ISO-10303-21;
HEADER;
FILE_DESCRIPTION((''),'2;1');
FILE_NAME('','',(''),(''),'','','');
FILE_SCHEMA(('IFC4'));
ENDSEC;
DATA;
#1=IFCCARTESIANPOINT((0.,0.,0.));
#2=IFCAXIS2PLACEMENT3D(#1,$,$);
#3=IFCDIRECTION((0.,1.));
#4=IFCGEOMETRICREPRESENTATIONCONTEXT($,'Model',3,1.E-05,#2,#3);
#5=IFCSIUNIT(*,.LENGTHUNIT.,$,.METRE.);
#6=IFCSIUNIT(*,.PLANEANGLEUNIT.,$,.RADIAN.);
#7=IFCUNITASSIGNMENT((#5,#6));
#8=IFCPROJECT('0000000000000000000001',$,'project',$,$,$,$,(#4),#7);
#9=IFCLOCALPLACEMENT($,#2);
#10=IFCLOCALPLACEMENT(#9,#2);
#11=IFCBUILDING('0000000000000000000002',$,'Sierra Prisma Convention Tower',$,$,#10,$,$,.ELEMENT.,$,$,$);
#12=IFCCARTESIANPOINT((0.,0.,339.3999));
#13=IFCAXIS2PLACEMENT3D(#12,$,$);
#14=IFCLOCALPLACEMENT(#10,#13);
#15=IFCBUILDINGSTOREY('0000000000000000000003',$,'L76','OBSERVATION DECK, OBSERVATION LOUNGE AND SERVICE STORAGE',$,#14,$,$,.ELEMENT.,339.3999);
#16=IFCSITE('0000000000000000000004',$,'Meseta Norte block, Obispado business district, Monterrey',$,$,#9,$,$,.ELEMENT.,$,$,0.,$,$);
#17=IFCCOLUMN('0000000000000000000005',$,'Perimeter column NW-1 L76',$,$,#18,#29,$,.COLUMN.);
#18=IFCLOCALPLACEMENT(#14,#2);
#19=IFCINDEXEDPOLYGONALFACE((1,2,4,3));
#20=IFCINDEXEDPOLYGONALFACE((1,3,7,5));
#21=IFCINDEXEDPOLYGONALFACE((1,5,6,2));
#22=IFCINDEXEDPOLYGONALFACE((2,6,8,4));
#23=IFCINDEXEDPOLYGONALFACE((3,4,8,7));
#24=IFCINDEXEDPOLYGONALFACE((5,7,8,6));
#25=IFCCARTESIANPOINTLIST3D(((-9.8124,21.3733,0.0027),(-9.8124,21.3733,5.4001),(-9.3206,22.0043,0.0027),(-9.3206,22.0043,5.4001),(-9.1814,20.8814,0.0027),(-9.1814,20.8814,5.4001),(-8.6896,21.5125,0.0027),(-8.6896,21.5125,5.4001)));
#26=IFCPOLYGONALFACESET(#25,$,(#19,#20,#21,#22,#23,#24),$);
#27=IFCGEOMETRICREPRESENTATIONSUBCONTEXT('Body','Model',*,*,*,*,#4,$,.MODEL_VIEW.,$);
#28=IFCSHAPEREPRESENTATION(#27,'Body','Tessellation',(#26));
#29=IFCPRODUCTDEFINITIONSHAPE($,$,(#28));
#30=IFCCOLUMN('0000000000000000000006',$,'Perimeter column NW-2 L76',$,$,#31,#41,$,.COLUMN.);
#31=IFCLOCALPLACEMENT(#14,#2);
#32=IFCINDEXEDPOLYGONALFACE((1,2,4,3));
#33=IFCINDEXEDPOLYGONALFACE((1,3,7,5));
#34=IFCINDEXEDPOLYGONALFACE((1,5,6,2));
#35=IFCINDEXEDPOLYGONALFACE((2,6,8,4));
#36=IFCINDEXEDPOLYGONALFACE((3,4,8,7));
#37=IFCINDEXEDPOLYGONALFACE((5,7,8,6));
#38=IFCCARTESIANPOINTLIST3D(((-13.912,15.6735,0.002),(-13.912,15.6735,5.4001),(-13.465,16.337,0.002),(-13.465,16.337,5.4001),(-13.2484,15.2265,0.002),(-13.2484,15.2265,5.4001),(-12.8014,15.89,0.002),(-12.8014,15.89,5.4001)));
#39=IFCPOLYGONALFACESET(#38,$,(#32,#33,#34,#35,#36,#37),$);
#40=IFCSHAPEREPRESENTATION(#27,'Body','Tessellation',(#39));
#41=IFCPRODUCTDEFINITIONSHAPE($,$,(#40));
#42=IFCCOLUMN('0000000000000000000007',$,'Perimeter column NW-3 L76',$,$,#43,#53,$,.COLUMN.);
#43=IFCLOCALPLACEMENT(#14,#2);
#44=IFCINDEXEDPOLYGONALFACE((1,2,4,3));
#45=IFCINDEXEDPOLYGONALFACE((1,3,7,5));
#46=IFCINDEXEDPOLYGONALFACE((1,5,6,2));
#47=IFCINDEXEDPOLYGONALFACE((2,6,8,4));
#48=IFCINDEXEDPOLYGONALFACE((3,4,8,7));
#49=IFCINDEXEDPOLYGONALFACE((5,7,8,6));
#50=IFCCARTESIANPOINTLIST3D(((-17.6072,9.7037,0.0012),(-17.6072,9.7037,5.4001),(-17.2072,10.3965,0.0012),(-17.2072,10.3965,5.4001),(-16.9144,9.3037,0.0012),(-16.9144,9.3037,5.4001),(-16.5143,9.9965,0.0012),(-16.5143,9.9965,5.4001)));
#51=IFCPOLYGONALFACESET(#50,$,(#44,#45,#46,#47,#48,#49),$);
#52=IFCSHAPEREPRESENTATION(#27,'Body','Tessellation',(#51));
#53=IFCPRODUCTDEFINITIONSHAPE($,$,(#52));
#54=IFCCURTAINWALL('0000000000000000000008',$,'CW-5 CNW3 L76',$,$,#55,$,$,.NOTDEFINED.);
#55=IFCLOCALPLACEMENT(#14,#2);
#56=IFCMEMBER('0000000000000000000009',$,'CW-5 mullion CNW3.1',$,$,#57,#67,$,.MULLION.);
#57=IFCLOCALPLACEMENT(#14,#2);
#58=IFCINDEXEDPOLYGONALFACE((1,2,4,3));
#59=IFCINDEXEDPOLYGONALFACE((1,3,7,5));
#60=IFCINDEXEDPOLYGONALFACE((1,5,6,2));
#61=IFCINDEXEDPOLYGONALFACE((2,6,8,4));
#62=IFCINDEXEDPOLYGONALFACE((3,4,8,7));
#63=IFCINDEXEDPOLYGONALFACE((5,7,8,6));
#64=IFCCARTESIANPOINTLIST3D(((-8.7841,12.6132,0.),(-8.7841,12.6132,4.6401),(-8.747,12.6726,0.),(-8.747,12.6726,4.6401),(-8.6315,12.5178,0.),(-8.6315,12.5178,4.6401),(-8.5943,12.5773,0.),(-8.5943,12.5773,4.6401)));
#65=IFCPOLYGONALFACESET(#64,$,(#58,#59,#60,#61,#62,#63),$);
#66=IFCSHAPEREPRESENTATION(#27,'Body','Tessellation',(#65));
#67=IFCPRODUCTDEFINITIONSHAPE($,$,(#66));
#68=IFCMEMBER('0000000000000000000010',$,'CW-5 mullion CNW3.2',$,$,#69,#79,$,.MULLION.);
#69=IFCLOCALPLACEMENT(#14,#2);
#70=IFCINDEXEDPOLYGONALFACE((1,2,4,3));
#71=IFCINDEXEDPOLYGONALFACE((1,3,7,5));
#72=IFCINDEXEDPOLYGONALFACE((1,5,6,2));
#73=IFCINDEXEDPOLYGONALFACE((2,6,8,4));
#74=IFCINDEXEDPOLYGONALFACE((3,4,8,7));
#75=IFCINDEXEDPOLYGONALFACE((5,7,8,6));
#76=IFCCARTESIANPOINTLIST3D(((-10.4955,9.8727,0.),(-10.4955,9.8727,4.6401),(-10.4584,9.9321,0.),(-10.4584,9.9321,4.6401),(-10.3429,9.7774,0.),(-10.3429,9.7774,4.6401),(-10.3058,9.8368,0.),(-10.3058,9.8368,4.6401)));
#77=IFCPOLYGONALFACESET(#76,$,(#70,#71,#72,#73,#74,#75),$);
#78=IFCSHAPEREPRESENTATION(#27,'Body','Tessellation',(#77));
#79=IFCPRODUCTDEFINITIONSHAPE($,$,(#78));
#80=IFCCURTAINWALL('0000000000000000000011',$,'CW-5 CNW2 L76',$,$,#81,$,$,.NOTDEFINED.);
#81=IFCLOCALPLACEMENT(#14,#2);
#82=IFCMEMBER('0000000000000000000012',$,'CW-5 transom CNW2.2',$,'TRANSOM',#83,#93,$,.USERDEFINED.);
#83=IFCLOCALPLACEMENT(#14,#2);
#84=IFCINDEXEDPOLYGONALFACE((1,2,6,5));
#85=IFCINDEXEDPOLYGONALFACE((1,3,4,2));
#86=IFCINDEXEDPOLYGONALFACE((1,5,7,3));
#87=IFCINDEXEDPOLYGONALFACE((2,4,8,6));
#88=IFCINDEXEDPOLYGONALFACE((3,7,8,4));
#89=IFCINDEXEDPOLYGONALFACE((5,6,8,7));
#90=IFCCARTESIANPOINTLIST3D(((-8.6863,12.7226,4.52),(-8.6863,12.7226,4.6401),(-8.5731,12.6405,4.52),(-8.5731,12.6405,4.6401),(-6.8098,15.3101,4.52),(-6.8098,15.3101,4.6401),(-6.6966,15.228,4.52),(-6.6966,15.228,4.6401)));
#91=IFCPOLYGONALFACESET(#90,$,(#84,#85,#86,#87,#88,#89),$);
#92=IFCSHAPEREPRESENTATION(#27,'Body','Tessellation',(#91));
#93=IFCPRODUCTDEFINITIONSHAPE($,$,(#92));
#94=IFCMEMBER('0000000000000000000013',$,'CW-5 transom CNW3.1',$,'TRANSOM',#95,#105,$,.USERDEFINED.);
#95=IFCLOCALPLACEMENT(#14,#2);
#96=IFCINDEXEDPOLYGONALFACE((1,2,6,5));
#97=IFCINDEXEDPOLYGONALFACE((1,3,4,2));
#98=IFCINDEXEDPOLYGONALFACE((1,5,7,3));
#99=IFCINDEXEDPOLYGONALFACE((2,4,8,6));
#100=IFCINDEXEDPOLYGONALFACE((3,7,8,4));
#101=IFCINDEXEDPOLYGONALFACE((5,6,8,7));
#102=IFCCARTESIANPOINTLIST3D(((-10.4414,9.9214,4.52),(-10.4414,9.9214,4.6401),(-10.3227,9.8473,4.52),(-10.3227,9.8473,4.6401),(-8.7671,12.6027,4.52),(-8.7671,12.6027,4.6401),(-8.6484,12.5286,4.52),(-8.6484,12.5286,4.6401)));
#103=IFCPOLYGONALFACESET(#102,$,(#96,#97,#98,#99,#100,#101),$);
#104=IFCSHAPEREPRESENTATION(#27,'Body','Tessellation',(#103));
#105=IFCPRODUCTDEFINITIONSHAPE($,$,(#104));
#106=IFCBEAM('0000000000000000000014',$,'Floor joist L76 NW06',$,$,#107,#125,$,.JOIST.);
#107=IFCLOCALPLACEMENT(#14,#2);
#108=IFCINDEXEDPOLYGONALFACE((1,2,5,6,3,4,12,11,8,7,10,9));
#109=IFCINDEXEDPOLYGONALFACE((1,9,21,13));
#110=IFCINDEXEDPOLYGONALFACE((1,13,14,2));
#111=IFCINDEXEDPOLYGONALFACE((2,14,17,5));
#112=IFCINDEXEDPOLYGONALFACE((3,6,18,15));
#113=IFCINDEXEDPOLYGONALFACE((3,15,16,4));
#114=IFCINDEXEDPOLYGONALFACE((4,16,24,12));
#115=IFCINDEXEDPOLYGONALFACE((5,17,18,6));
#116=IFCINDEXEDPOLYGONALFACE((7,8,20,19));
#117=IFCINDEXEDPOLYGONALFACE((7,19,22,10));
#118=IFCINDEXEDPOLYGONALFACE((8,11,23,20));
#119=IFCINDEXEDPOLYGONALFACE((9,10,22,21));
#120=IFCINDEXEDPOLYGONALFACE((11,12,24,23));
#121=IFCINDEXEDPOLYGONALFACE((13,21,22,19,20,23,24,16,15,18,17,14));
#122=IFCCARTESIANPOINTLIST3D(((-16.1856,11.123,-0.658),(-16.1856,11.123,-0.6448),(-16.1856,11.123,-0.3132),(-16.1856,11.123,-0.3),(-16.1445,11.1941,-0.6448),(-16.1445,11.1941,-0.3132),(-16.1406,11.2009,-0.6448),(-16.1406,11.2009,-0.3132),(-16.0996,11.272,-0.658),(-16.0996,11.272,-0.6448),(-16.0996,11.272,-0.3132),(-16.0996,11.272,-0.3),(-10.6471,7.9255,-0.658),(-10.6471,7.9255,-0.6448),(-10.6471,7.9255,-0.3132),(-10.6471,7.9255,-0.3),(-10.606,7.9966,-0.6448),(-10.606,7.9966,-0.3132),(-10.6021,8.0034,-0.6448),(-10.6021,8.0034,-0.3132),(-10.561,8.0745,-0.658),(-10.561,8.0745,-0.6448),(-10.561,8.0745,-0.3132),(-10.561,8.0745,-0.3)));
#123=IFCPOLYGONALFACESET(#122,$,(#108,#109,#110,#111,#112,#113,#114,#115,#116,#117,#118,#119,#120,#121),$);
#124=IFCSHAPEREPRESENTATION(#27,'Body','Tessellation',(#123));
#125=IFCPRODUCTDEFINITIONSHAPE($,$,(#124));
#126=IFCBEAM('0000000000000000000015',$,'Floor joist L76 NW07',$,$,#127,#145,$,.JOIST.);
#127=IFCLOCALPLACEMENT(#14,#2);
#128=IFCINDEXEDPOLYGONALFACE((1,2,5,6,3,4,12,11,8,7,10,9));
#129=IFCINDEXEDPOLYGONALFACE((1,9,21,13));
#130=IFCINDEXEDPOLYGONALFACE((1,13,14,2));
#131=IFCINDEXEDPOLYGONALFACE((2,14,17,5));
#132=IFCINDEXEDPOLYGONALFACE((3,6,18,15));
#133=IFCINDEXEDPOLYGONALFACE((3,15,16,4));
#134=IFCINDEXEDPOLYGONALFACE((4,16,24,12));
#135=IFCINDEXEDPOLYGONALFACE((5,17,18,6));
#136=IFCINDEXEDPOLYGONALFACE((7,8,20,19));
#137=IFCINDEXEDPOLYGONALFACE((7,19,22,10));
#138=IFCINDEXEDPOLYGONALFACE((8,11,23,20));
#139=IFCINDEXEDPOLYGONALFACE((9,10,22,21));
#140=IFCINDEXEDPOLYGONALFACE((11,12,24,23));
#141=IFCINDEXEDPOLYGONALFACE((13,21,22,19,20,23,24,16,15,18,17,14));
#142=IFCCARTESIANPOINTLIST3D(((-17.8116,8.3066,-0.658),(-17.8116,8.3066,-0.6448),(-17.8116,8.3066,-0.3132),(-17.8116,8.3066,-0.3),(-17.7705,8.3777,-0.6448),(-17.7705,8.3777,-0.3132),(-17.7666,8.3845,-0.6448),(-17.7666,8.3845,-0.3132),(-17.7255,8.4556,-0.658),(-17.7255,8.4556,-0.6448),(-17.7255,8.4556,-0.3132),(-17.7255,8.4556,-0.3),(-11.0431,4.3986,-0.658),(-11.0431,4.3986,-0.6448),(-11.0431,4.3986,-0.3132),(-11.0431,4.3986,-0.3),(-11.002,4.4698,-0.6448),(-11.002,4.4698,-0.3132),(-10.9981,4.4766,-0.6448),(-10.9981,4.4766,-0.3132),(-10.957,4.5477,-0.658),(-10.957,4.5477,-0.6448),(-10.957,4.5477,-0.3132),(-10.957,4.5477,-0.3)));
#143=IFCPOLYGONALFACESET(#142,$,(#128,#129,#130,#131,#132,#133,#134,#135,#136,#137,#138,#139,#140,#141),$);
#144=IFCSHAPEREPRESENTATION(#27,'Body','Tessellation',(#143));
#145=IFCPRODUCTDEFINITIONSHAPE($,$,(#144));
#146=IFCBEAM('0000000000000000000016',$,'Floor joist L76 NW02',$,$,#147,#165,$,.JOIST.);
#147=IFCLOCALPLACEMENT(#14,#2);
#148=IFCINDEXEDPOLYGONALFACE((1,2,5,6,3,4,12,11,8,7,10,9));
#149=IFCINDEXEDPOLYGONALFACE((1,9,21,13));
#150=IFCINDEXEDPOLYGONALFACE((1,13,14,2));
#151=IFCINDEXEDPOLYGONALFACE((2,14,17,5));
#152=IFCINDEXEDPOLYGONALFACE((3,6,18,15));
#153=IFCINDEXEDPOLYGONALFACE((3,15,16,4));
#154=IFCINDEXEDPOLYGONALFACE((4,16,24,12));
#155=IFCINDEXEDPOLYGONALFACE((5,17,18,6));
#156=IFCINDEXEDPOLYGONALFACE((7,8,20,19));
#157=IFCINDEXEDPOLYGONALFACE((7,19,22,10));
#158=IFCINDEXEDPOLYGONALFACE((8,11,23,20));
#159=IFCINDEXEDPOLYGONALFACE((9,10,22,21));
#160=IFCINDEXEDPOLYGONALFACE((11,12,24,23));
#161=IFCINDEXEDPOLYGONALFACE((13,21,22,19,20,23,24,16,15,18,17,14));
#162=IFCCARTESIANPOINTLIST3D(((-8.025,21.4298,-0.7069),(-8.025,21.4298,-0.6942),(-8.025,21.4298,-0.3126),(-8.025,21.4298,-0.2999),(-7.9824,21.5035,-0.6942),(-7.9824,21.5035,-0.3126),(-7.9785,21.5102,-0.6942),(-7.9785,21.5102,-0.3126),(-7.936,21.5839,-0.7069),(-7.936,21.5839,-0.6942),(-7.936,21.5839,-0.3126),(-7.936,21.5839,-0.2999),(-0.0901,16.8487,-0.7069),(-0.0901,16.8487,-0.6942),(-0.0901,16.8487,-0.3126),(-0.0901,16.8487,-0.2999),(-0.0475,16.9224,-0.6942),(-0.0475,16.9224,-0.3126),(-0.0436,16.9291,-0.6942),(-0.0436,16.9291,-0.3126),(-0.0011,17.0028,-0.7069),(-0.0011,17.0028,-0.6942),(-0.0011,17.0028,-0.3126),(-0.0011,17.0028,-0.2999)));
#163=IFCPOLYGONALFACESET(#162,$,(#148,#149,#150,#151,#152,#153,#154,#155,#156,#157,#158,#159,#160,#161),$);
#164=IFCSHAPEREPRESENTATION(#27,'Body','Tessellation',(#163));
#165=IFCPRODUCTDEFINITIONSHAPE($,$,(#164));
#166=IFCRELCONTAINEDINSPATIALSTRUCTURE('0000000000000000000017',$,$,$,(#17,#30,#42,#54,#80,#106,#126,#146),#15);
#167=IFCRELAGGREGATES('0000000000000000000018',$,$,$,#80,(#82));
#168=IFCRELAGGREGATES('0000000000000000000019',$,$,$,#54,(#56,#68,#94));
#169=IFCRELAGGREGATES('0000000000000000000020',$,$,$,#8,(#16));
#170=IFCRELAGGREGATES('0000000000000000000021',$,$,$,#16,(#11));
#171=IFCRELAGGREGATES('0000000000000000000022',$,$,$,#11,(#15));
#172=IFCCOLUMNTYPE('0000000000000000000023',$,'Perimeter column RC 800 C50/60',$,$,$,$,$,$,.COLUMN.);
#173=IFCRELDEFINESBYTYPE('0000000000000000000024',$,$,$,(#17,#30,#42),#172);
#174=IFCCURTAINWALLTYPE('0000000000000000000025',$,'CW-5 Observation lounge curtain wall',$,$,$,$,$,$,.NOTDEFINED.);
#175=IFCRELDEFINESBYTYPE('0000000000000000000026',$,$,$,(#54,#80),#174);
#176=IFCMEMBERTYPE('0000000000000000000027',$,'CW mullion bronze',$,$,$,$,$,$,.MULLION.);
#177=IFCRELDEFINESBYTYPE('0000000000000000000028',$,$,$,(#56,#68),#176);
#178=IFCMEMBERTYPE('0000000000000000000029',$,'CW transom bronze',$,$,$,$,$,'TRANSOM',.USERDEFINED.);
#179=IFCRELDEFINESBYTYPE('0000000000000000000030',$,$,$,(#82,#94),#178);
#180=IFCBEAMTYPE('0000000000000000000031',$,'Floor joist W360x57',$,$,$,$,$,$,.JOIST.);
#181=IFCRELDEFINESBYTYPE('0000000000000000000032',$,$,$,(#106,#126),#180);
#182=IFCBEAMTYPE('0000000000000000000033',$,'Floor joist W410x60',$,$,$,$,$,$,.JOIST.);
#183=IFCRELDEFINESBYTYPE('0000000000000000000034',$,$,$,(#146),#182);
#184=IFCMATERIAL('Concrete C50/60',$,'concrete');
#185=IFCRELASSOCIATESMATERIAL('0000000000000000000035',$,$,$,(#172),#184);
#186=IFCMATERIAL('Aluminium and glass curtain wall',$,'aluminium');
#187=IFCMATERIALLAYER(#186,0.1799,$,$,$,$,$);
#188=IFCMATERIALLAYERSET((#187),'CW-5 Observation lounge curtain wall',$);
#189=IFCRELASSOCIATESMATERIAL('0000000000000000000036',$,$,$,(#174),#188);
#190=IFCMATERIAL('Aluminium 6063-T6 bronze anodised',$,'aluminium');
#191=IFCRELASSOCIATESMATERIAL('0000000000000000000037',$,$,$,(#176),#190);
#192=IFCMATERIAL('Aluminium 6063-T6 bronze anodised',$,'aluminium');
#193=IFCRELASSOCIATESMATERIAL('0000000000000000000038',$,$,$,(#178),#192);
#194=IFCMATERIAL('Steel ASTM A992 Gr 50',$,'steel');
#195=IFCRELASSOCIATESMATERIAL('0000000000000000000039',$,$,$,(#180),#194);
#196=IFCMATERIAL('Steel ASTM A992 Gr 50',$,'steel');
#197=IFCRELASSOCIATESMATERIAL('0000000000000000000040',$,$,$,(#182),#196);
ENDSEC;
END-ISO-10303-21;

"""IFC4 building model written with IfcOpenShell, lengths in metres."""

from ifc_helpers import new_model, si_unit, direction, frame, origin, origin_2d, place, context, subcontext, project, spatial, rectangle, i_section, extrude, clip, halfspace, material, layer, layer_set, material_profile, profile_set, type_object, element, aggregate, save


model = new_model("IFC4")

# Units and contexts
model_context = context("Model", 3, precision=1e-05, world=origin(), true_north=direction((0.0, 1.0)))
body_context = subcontext(model_context, "Body", "Model", "MODEL_VIEW")
ifc_project = project(units=[si_unit("LENGTHUNIT", "METRE"), si_unit("PLANEANGLEUNIT", "RADIAN")], contexts=[model_context])

# Site, building, storey
site_placement = place(None, origin())
site = spatial("IfcSite", under=ifc_project, at=site_placement, Name="Meseta Norte block, Obispado business district, Monterrey", CompositionType="ELEMENT", RefElevation=0.0)
building_placement = place(site_placement, origin())
building = spatial("IfcBuilding", under=site, at=building_placement, Name="Sierra Prisma Convention Tower", CompositionType="ELEMENT")
storey_placement = place(building_placement, frame((0.0, 0.0, 339.3999)))
storey = spatial("IfcBuildingStorey", under=building, at=storey_placement, Name="L76", Description="OBSERVATION DECK, OBSERVATION LOUNGE AND SERVICE STORAGE", CompositionType="ELEMENT", Elevation=339.3999)

# Columns
ifc_material_1 = material(Name="Concrete C50/60", Category="concrete")
ifc_material_profile_1 = material_profile(ifc_material_1, rectangle(XDim=0.8, YDim=0.8, at=origin_2d()), Name="Perimeter column RC 800 C50/60")
ifc_profile_set_1 = profile_set([ifc_material_profile_1], Name="Concrete C50/60")
column_type = type_object("IfcColumnType", Name="Perimeter column RC 800 C50/60", PredefinedType="COLUMN", material=ifc_profile_set_1)
column_1_placement = place(storey_placement, frame((-9.251, 21.4429, 0.0), z_axis=(0.0, 0.0, 1.0), x_axis=(0.614744, 0.788727, 0.0)))
element("IfcColumn", 1, at=column_1_placement, inside=storey, type_object=column_type, Name="Perimeter column NW-1 L76", PredefinedType="COLUMN", context=body_context, shape_type="SweptSolid", body=[
    clip(extrude(rectangle(XDim=0.8, YDim=0.8, at=origin_2d()), origin(), (0.0, 0.0, 1.0), 5.4001), halfspace(frame((0.0, 0.0, 0.0027)), True)),
])
column_2_placement = place(storey_placement, frame((-13.3567, 15.7817, 0.0), z_axis=(0.0, 0.0, 1.0), x_axis=(0.55871, 0.829363, 0.0)))
element("IfcColumn", 2, at=column_2_placement, inside=storey, type_object=column_type, Name="Perimeter column NW-2 L76", PredefinedType="COLUMN", context=body_context, shape_type="SweptSolid", body=[
    clip(extrude(rectangle(XDim=0.8, YDim=0.8, at=origin_2d()), origin(), (0.0, 0.0, 1.0), 5.4001), halfspace(frame((0.0, 0.0, 0.002)), True)),
])
column_3_placement = place(storey_placement, frame((-17.0608, 9.8501, 0.0), z_axis=(0.0, 0.0, 1.0), x_axis=(0.5, 0.866025, 0.0)))
element("IfcColumn", 3, at=column_3_placement, inside=storey, type_object=column_type, Name="Perimeter column NW-3 L76", PredefinedType="COLUMN", context=body_context, shape_type="SweptSolid", body=[
    clip(extrude(rectangle(XDim=0.8, YDim=0.8, at=origin_2d()), origin(), (0.0, 0.0, 1.0), 5.4001), halfspace(frame((0.0, 0.0, 0.0012)), True)),
])

# Curtain wall, members
ifc_material_2 = material(Name="Aluminium and glass curtain wall", Category="aluminium")
ifc_layer_1 = layer(ifc_material_2, 0.1799)
ifc_layer_set_1 = layer_set([ifc_layer_1], Name="CW-5 Observation lounge curtain wall")
curtain_wall_type = type_object("IfcCurtainWallType", Name="CW-5 Observation lounge curtain wall", PredefinedType="NOTDEFINED", material=ifc_layer_set_1)
curtain_wall_1_placement = place(storey_placement, origin())
curtain_wall_1 = element("IfcCurtainWall", 4, at=curtain_wall_1_placement, inside=storey, type_object=curtain_wall_type, Name="CW-5 CNW3 L76", PredefinedType="NOTDEFINED")
ifc_material_3 = material(Name="Aluminium 6063-T6 bronze anodised", Category="aluminium")
ifc_material_profile_2 = material_profile(ifc_material_3, rectangle(XDim=0.1799, YDim=0.0701, at=origin_2d()), Name="ALU MULLION 70x180")
ifc_profile_set_2 = profile_set([ifc_material_profile_2], Name="Aluminium 6063-T6 bronze anodised")
member_type_1 = type_object("IfcMemberType", Name="CW mullion bronze", PredefinedType="MULLION", material=ifc_profile_set_2)
member_1_placement = place(storey_placement, frame((-8.6892, 12.5952, 0.0), z_axis=(0.0, 0.0, 1.0), x_axis=(0.848202, -0.529672, 0.0)))
member_1 = element("IfcMember", 5, at=member_1_placement, type_object=member_type_1, Name="CW-5 mullion CNW3.1", PredefinedType="MULLION", context=body_context, shape_type="SweptSolid", body=[
    extrude(rectangle(XDim=0.1799, YDim=0.0701, at=origin_2d()), origin(), (0.0, 0.0, 1.0), 4.6401),
])
member_2_placement = place(storey_placement, frame((-10.4006, 9.8547, 0.0), z_axis=(0.0, 0.0, 1.0), x_axis=(0.848202, -0.529672, 0.0)))
member_2 = element("IfcMember", 6, at=member_2_placement, type_object=member_type_1, Name="CW-5 mullion CNW3.2", PredefinedType="MULLION", context=body_context, shape_type="SweptSolid", body=[
    extrude(rectangle(XDim=0.1799, YDim=0.0701, at=origin_2d()), origin(), (0.0, 0.0, 1.0), 4.6401),
])

# Curtain wall, member
curtain_wall_2_placement = place(storey_placement, origin())
curtain_wall_2 = element("IfcCurtainWall", 7, at=curtain_wall_2_placement, inside=storey, type_object=curtain_wall_type, Name="CW-5 CNW2 L76", PredefinedType="NOTDEFINED")
ifc_material_4 = material(Name="Aluminium 6063-T6 bronze anodised", Category="aluminium")
ifc_material_profile_3 = material_profile(ifc_material_4, rectangle(XDim=0.1399, YDim=0.1201, at=origin_2d()), Name="ALU TRANSOM 120x140")
ifc_profile_set_3 = profile_set([ifc_material_profile_3], Name="Aluminium 6063-T6 bronze anodised")
member_type_2 = type_object("IfcMemberType", Name="CW transom bronze", ElementType="TRANSOM", PredefinedType="USERDEFINED", material=ifc_profile_set_3)
member_3_placement = place(storey_placement, frame((-6.7532, 15.269, 4.5801), z_axis=(-0.58709, -0.809522, 0.0), x_axis=(0.809522, -0.58709, 0.0)))
member_3 = element("IfcMember", 8, at=member_3_placement, type_object=member_type_2, Name="CW-5 transom CNW2.2", ObjectType="TRANSOM", PredefinedType="USERDEFINED", context=body_context, shape_type="SweptSolid", body=[
    extrude(rectangle(XDim=0.1399, YDim=0.1201, at=origin_2d()), origin(), (0.0, 0.0, 1.0), 3.1963),
])

# Member
member_4_placement = place(storey_placement, frame((-8.7078, 12.5657, 4.5801), z_axis=(-0.529645, -0.84822, 0.0), x_axis=(0.84822, -0.529645, 0.0)))
member_4 = element("IfcMember", 9, at=member_4_placement, type_object=member_type_2, Name="CW-5 transom CNW3.1", ObjectType="TRANSOM", PredefinedType="USERDEFINED", context=body_context, shape_type="SweptSolid", body=[
    extrude(rectangle(XDim=0.1399, YDim=0.1201, at=origin_2d()), origin(), (0.0, 0.0, 1.0), 3.1611),
])

# Beams
ifc_material_5 = material(Name="Steel ASTM A992 Gr 50", Category="steel")
ifc_material_profile_4 = material_profile(ifc_material_5, i_section(OverallWidth=0.1721, OverallDepth=0.3579, WebThickness=0.0078, FlangeThickness=0.0132, at=origin_2d()), Name="W360x57")
ifc_profile_set_4 = profile_set([ifc_material_profile_4], Name="Steel ASTM A992 Gr 50")
beam_type_1 = type_object("IfcBeamType", Name="Floor joist W360x57", PredefinedType="JOIST", material=ifc_profile_set_4)
beam_1_placement = place(storey_placement, frame((-16.1426, 11.1975, -0.479), z_axis=(0.866038, -0.499978, 0.0), x_axis=(0.499978, 0.866038, 0.0)))
element("IfcBeam", 10, at=beam_1_placement, inside=storey, type_object=beam_type_1, Name="Floor joist L76 NW06", PredefinedType="JOIST", context=body_context, shape_type="SweptSolid", body=[
    extrude(i_section(OverallWidth=0.1721, OverallDepth=0.3579, WebThickness=0.0078, FlangeThickness=0.0132, at=origin_2d()), origin(), (0.0, 0.0, 1.0), 6.3953),
])
beam_2_placement = place(storey_placement, frame((-17.7686, 8.3811, -0.479), z_axis=(0.866018, -0.500013, 0.0), x_axis=(0.500013, 0.866018, 0.0)))
element("IfcBeam", 11, at=beam_2_placement, inside=storey, type_object=beam_type_1, Name="Floor joist L76 NW07", PredefinedType="JOIST", context=body_context, shape_type="SweptSolid", body=[
    extrude(i_section(OverallWidth=0.1721, OverallDepth=0.3579, WebThickness=0.0078, FlangeThickness=0.0132, at=origin_2d()), origin(), (0.0, 0.0, 1.0), 7.8157),
])
ifc_material_6 = material(Name="Steel ASTM A992 Gr 50", Category="steel")
ifc_material_profile_5 = material_profile(ifc_material_6, i_section(OverallWidth=0.178, OverallDepth=0.407, WebThickness=0.0078, FlangeThickness=0.0127, at=origin_2d()), Name="W410x60")
ifc_profile_set_5 = profile_set([ifc_material_profile_5], Name="Steel ASTM A992 Gr 50")
beam_type_2 = type_object("IfcBeamType", Name="Floor joist W410x60", PredefinedType="JOIST", material=ifc_profile_set_5)
beam_3_placement = place(storey_placement, frame((-7.9805, 21.5068, -0.5034), z_axis=(0.866031, -0.499991, 0.0), x_axis=(0.499991, 0.866031, 0.0)))
element("IfcBeam", 12, at=beam_3_placement, inside=storey, type_object=beam_type_2, Name="Floor joist L76 NW02", PredefinedType="JOIST", context=body_context, shape_type="SweptSolid", body=[
    extrude(i_section(OverallWidth=0.178, OverallDepth=0.407, WebThickness=0.0078, FlangeThickness=0.0127, at=origin_2d()), origin(), (0.0, 0.0, 1.0), 9.1624),
])

aggregate(curtain_wall_2, [member_3])
aggregate(curtain_wall_1, [member_1, member_2, member_4])

save(model, "model.ifc")
